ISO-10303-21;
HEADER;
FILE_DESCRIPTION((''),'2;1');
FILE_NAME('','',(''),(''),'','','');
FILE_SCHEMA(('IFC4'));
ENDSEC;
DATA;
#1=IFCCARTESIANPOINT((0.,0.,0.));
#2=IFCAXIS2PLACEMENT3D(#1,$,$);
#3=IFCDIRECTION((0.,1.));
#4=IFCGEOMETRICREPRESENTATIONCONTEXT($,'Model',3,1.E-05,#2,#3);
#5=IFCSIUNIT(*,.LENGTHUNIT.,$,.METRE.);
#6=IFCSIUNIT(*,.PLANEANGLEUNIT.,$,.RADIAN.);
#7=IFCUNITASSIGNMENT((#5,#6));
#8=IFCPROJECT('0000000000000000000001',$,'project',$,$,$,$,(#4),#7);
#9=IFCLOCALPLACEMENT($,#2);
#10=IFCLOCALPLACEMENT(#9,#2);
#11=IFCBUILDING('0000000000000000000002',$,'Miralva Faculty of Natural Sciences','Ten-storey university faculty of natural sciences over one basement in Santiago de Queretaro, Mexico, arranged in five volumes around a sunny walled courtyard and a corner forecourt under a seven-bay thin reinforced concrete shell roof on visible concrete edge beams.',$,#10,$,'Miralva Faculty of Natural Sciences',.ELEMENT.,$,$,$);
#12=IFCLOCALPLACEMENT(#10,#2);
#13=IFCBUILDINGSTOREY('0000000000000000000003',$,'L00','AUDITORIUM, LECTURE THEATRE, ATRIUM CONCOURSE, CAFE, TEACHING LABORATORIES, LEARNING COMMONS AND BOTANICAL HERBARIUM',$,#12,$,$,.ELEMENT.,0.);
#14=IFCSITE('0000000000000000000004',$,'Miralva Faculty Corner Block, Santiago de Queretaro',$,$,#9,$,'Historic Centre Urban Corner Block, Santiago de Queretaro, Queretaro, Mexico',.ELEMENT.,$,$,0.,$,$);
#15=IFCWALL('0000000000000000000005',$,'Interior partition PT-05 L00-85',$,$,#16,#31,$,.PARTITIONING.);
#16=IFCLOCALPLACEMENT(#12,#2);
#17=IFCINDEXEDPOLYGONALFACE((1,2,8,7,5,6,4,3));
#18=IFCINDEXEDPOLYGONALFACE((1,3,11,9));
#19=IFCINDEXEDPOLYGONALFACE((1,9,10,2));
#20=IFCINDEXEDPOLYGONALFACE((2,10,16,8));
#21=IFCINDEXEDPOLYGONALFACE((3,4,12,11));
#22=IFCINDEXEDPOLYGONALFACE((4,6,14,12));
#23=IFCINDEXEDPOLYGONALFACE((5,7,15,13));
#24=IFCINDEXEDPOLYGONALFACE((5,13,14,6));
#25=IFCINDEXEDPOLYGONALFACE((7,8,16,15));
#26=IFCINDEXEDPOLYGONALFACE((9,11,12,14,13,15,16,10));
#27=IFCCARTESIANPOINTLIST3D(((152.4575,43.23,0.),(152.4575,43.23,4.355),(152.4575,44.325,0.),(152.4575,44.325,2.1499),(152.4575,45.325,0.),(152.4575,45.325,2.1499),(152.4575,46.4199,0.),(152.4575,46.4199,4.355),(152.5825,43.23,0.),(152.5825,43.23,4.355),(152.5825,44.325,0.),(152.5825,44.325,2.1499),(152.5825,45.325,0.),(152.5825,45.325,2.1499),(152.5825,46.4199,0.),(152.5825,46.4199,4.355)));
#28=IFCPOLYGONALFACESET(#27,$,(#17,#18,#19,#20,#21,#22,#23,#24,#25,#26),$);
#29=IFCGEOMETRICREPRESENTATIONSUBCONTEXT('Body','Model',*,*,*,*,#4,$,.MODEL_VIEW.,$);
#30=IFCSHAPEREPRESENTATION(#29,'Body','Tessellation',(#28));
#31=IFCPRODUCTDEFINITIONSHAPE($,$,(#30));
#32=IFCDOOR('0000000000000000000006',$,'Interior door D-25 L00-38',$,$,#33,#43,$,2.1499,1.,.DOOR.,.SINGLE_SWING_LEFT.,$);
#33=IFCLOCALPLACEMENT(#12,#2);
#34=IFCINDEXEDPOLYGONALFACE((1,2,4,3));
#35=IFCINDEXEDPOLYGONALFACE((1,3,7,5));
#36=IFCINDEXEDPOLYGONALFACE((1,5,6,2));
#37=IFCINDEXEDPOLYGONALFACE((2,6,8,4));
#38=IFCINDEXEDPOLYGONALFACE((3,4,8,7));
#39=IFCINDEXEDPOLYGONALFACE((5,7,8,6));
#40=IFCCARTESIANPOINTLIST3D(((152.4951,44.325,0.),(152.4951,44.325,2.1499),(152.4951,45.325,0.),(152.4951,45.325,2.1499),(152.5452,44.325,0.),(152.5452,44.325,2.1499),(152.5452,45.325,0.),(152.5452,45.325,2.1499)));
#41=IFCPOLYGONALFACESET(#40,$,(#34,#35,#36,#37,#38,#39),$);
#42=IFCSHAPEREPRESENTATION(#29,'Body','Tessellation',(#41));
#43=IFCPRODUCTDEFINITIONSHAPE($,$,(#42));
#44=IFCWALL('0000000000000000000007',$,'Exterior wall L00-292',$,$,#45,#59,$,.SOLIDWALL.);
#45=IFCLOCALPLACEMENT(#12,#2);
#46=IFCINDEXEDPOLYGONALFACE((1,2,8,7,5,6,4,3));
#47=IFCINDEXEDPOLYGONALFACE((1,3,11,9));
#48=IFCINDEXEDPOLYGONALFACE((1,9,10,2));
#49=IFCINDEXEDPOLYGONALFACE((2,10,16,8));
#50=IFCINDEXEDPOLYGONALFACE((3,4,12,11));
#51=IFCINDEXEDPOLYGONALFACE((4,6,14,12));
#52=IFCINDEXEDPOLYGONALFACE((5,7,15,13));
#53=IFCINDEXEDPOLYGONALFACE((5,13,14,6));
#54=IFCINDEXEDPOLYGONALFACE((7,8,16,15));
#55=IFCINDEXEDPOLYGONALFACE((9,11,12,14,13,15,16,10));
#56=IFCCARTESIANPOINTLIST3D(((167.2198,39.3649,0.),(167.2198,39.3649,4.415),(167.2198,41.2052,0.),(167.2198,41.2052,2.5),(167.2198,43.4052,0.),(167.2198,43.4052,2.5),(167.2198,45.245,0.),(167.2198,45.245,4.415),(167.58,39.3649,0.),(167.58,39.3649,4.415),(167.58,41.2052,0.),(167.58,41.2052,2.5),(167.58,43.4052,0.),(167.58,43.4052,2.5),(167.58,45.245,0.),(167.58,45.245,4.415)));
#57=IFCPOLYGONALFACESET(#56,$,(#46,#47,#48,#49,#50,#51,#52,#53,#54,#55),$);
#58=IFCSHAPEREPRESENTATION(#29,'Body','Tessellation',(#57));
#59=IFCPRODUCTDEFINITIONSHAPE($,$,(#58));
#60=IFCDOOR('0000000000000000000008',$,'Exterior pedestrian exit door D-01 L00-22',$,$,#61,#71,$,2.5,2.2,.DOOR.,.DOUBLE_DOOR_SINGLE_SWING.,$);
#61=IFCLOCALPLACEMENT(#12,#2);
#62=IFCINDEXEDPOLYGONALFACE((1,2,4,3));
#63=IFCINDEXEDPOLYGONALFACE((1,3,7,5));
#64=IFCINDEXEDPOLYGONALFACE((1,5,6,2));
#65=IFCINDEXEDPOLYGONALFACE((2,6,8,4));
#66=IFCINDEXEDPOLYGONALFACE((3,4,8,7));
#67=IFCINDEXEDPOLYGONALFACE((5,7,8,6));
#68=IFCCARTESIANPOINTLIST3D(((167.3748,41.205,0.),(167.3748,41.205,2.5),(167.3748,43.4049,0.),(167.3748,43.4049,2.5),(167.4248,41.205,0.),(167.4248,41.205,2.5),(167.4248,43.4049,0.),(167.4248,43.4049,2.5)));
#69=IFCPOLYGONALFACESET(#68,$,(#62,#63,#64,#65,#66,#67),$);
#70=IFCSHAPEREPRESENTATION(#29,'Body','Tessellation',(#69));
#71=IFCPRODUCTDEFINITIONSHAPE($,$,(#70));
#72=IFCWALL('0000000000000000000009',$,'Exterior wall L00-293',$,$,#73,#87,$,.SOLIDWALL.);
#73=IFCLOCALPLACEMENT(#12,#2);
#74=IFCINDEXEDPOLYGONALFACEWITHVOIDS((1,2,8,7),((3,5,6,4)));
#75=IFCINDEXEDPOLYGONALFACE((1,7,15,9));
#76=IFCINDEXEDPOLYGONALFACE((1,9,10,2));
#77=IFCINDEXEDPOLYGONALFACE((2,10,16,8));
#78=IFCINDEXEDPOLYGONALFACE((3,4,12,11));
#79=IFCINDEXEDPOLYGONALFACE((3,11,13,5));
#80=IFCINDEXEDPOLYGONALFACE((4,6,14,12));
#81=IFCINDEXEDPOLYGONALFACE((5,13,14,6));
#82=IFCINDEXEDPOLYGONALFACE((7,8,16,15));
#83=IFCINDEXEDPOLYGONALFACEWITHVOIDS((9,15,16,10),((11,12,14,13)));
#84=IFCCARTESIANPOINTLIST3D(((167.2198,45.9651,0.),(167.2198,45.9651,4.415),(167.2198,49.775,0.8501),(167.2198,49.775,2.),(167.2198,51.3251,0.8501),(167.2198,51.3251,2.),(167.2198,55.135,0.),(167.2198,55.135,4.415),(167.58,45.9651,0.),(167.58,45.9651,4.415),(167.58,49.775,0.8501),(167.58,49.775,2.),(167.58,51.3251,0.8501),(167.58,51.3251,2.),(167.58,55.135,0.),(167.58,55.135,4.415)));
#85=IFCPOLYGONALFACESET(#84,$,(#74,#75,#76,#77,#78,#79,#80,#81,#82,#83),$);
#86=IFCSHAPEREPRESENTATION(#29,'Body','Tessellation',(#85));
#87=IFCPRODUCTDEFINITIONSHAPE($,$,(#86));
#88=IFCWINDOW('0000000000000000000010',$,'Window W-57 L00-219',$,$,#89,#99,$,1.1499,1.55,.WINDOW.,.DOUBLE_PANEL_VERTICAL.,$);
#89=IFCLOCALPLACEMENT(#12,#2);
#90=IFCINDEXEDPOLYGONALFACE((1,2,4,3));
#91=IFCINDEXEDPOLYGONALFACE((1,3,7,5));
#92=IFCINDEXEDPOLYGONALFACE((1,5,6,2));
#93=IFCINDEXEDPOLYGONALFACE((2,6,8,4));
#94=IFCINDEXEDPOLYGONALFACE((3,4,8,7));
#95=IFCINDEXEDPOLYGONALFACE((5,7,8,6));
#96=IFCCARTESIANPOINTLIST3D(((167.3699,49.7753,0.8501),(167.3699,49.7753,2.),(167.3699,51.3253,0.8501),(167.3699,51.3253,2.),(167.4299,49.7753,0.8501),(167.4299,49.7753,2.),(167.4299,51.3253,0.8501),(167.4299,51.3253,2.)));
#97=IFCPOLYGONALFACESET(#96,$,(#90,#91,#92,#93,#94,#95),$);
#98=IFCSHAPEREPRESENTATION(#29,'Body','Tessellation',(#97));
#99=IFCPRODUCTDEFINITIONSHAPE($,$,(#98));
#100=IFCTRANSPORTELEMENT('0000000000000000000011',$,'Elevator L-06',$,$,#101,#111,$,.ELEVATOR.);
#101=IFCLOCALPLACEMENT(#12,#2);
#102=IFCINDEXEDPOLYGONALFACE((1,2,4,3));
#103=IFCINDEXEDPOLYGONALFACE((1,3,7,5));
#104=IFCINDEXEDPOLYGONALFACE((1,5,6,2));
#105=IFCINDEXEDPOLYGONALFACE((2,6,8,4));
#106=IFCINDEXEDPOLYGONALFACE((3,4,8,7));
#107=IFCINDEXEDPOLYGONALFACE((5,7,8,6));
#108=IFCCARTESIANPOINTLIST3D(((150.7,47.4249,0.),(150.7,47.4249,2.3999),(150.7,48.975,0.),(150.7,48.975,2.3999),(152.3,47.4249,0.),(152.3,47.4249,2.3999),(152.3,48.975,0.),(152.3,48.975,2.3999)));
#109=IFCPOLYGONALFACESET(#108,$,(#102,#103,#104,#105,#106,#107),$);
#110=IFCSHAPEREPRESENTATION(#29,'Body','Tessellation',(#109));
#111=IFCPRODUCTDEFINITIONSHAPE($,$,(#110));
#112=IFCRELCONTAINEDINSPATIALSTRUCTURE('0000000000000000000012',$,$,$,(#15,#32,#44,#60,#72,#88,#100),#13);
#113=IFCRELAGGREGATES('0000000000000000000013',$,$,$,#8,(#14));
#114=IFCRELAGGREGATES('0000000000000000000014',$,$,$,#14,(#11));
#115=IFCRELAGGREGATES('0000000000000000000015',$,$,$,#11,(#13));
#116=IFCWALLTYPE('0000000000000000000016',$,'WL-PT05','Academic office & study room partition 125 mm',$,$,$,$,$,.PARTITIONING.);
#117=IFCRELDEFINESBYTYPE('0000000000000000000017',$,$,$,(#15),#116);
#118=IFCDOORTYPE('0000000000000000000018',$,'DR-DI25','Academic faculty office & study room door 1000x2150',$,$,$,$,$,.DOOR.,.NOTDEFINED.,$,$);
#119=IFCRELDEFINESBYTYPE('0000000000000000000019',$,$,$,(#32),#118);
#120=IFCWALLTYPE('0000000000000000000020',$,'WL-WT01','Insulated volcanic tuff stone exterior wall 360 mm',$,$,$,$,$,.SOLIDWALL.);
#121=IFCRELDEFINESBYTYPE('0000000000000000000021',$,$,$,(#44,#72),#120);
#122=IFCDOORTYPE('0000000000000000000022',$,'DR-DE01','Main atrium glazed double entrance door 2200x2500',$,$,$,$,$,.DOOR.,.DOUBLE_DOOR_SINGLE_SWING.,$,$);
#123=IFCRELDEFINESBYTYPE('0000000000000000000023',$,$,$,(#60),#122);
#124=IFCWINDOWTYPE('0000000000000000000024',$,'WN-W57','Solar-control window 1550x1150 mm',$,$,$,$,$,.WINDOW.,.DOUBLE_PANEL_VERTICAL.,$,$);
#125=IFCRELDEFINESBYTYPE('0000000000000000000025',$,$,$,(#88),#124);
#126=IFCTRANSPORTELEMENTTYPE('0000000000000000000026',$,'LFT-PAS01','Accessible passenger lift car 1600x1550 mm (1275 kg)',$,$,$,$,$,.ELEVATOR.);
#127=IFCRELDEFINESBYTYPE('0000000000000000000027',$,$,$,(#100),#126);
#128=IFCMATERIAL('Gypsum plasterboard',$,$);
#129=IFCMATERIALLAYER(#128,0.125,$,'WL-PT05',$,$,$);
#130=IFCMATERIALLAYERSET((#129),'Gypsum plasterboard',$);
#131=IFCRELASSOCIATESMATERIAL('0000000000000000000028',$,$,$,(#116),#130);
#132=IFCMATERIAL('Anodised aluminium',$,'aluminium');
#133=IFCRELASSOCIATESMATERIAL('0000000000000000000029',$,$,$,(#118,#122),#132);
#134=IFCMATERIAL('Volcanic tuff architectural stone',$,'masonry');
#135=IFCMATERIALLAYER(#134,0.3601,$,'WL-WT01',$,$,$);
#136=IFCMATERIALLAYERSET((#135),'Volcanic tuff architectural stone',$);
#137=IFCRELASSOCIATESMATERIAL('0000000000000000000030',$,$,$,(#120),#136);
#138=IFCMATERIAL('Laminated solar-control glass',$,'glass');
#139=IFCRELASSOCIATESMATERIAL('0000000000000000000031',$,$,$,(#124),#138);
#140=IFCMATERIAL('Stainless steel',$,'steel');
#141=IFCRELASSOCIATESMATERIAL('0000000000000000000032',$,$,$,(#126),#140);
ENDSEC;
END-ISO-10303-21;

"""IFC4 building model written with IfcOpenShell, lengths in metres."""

from ifc_helpers import new_model, si_unit, direction, frame, frame_2d, origin, origin_2d, place, context, subcontext, project, spatial, rectangle, extrude, material, layer, layer_set, type_object, element, fill, save


model = new_model("IFC4")

# Units and contexts
model_context = context("Model", 3, precision=1e-05, world=origin(), true_north=direction((0.0, 1.0)))
body_context = subcontext(model_context, "Body", "Model", "MODEL_VIEW")
ifc_project = project(units=[si_unit("LENGTHUNIT", "METRE"), si_unit("PLANEANGLEUNIT", "RADIAN")], contexts=[model_context])

# Site, building, storey
site_placement = place(None, origin())
site = spatial("IfcSite", under=ifc_project, at=site_placement, Name="Miralva Faculty Corner Block, Santiago de Queretaro", LongName="Historic Centre Urban Corner Block, Santiago de Queretaro, Queretaro, Mexico", CompositionType="ELEMENT", RefElevation=0.0)
building_placement = place(site_placement, origin())
building = spatial("IfcBuilding", under=site, at=building_placement, Name="Miralva Faculty of Natural Sciences", Description="Ten-storey university faculty of natural sciences over one basement in Santiago de Queretaro, Mexico, arranged in five volumes around a sunny walled courtyard and a corner forecourt under a seven-bay thin reinforced concrete shell roof on visible concrete edge beams.", LongName="Miralva Faculty of Natural Sciences", CompositionType="ELEMENT")
storey_placement = place(building_placement, origin())
storey = spatial("IfcBuildingStorey", under=building, at=storey_placement, Name="L00", Description="AUDITORIUM, LECTURE THEATRE, ATRIUM CONCOURSE, CAFE, TEACHING LABORATORIES, LEARNING COMMONS AND BOTANICAL HERBARIUM", CompositionType="ELEMENT", Elevation=0.0)

# Shared definitions
ifc_material_1 = material(Name="Gypsum plasterboard")

# Walls, openings, doors
ifc_layer_1 = layer(ifc_material_1, 0.125, Name="WL-PT05")
ifc_layer_set_1 = layer_set([ifc_layer_1], Name="Gypsum plasterboard")
wall_type_1 = type_object("IfcWallType", Name="WL-PT05", Description="Academic office & study room partition 125 mm", PredefinedType="PARTITIONING", material=ifc_layer_set_1)
wall_1_placement = place(storey_placement, frame((152.52, 43.23, 0.0), z_axis=(0.0, 0.0, 1.0), x_axis=(0.0, 1.0, 0.0)))
wall_1 = element("IfcWall", 1, at=wall_1_placement, inside=storey, type_object=wall_type_1, Name="Interior partition PT-05 L00-85", PredefinedType="PARTITIONING", context=body_context, shape_type="SweptSolid", body=[
    extrude(rectangle(XDim=3.1899, YDim=0.125, at=frame_2d((1.595, 0.0))), origin(), (0.0, 0.0, 1.0), 4.355),
])
opening_1_placement = place(wall_1_placement, frame((1.095, 0.0, 0.0)))
opening_1 = element("IfcOpeningElement", 2, at=opening_1_placement, cuts=wall_1, PredefinedType="OPENING", context=body_context, shape_type="SweptSolid", body=[
    extrude(rectangle(XDim=1.0, YDim=2.1499, at=frame_2d((0.5, 1.075))), frame((0.0, 0.0725, 0.0), z_axis=(0.0, -1.0, 0.0), x_axis=(1.0, 0.0, 0.0)), (0.0, 0.0, 1.0), 0.145),
])
ifc_material_2 = material(Name="Anodised aluminium", Category="aluminium")
door_type_1 = type_object("IfcDoorType", Name="DR-DI25", Description="Academic faculty office & study room door 1000x2150", OperationType="NOTDEFINED", PredefinedType="DOOR", material=ifc_material_2)
door_1_placement = place(opening_1_placement, origin())
door_1 = element("IfcDoor", 3, at=door_1_placement, inside=storey, type_object=door_type_1, Name="Interior door D-25 L00-38", OperationType="SINGLE_SWING_LEFT", OverallHeight=2.1499, OverallWidth=1.0, PredefinedType="DOOR", context=body_context, shape_type="SweptSolid", body=[
    extrude(rectangle(XDim=1.0, YDim=2.1499, at=frame_2d((0.5, 1.075))), frame((0.0, 0.0249, 0.0), z_axis=(0.0, -1.0, 0.0), x_axis=(1.0, 0.0, 0.0)), (0.0, 0.0, 1.0), 0.05),
])
fill(opening_1, door_1)
ifc_material_3 = material(Name="Volcanic tuff architectural stone", Category="masonry")
ifc_layer_2 = layer(ifc_material_3, 0.3601, Name="WL-WT01")
ifc_layer_set_2 = layer_set([ifc_layer_2], Name="Volcanic tuff architectural stone")
wall_type_2 = type_object("IfcWallType", Name="WL-WT01", Description="Insulated volcanic tuff stone exterior wall 360 mm", PredefinedType="SOLIDWALL", material=ifc_layer_set_2)
wall_2_placement = place(storey_placement, frame((167.3999, 39.365, 0.0), z_axis=(0.0, 0.0, 1.0), x_axis=(0.0, 1.0, 0.0)))
wall_2 = element("IfcWall", 4, at=wall_2_placement, inside=storey, type_object=wall_type_2, Name="Exterior wall L00-292", PredefinedType="SOLIDWALL", context=body_context, shape_type="SweptSolid", body=[
    extrude(rectangle(XDim=5.8801, YDim=0.3601, at=frame_2d((2.9399, 0.0))), origin(), (0.0, 0.0, 1.0), 4.415),
])
opening_2_placement = place(wall_2_placement, frame((1.8401, 0.0, 0.0)))
opening_2 = element("IfcOpeningElement", 5, at=opening_2_placement, cuts=wall_2, PredefinedType="OPENING", context=body_context, shape_type="SweptSolid", body=[
    extrude(rectangle(XDim=2.2, YDim=2.5, at=frame_2d((1.1001, 1.25))), frame((0.0, 0.1899, 0.0), z_axis=(0.0, -1.0, 0.0), x_axis=(1.0, 0.0, 0.0)), (0.0, 0.0, 1.0), 0.3801),
])
door_type_2 = type_object("IfcDoorType", Name="DR-DE01", Description="Main atrium glazed double entrance door 2200x2500", OperationType="DOUBLE_DOOR_SINGLE_SWING", PredefinedType="DOOR", material=ifc_material_2)
door_2_placement = place(opening_2_placement, frame((2.2, 0.0, 0.0), z_axis=(0.0, 0.0, 1.0), x_axis=(-1.0, 0.0, 0.0)))
door_2 = element("IfcDoor", 6, at=door_2_placement, inside=storey, type_object=door_type_2, Name="Exterior pedestrian exit door D-01 L00-22", OperationType="DOUBLE_DOOR_SINGLE_SWING", OverallHeight=2.5, OverallWidth=2.2, PredefinedType="DOOR", context=body_context, shape_type="SweptSolid", body=[
    extrude(rectangle(XDim=2.2, YDim=2.5, at=frame_2d((1.1001, 1.25))), frame((0.0, 0.0249, 0.0), z_axis=(0.0, -1.0, 0.0), x_axis=(1.0, 0.0, 0.0)), (0.0, 0.0, 1.0), 0.05),
])
fill(opening_2, door_2)

# Wall, opening, window
wall_3_placement = place(storey_placement, frame((167.3999, 45.9651, 0.0), z_axis=(0.0, 0.0, 1.0), x_axis=(0.0, 1.0, 0.0)))
wall_3 = element("IfcWall", 7, at=wall_3_placement, inside=storey, type_object=wall_type_2, Name="Exterior wall L00-293", PredefinedType="SOLIDWALL", context=body_context, shape_type="SweptSolid", body=[
    extrude(rectangle(XDim=9.1699, YDim=0.3601, at=frame_2d((4.585, 0.0))), origin(), (0.0, 0.0, 1.0), 4.415),
])
opening_3_placement = place(wall_3_placement, frame((3.8101, 0.0, 0.8501)))
opening_3 = element("IfcOpeningElement", 8, at=opening_3_placement, cuts=wall_3, PredefinedType="OPENING", context=body_context, shape_type="SweptSolid", body=[
    extrude(rectangle(XDim=1.55, YDim=1.1499, at=frame_2d((0.7749, 0.575))), frame((0.0, 0.1899, 0.0), z_axis=(0.0, -1.0, 0.0), x_axis=(1.0, 0.0, 0.0)), (0.0, 0.0, 1.0), 0.3801),
])
ifc_material_4 = material(Name="Laminated solar-control glass", Category="glass")
window_type = type_object("IfcWindowType", Name="WN-W57", Description="Solar-control window 1550x1150 mm", PartitioningType="DOUBLE_PANEL_VERTICAL", PredefinedType="WINDOW", material=ifc_material_4)
window_placement = place(opening_3_placement, frame((1.55, 0.0, 0.0), z_axis=(0.0, 0.0, 1.0), x_axis=(-1.0, 0.0, 0.0)))
window = element("IfcWindow", 9, at=window_placement, inside=storey, type_object=window_type, Name="Window W-57 L00-219", OverallHeight=1.1499, OverallWidth=1.55, PartitioningType="DOUBLE_PANEL_VERTICAL", PredefinedType="WINDOW", context=body_context, shape_type="SweptSolid", body=[
    extrude(rectangle(XDim=1.55, YDim=1.1499, at=frame_2d((0.7749, 0.575))), frame((0.0, 0.03, 0.0), z_axis=(0.0, -1.0, 0.0), x_axis=(1.0, 0.0, 0.0)), (0.0, 0.0, 1.0), 0.0601),
])
fill(opening_3, window)

# Transport element
ifc_material_5 = material(Name="Stainless steel", Category="steel")
transport_element_type = type_object("IfcTransportElementType", Name="LFT-PAS01", Description="Accessible passenger lift car 1600x1550 mm (1275 kg)", PredefinedType="ELEVATOR", material=ifc_material_5)
transport_element_placement = place(storey_placement, frame((151.5, 48.2, 0.0), z_axis=(0.0, 0.0, 1.0), x_axis=(1.0, 0.0, 0.0)))
element("IfcTransportElement", 10, at=transport_element_placement, inside=storey, type_object=transport_element_type, Name="Elevator L-06", PredefinedType="ELEVATOR", context=body_context, shape_type="SweptSolid", body=[
    extrude(rectangle(XDim=1.6001, YDim=1.55, at=origin_2d()), origin(), (0.0, 0.0, 1.0), 2.3999),
])

save(model, "model.ifc")
